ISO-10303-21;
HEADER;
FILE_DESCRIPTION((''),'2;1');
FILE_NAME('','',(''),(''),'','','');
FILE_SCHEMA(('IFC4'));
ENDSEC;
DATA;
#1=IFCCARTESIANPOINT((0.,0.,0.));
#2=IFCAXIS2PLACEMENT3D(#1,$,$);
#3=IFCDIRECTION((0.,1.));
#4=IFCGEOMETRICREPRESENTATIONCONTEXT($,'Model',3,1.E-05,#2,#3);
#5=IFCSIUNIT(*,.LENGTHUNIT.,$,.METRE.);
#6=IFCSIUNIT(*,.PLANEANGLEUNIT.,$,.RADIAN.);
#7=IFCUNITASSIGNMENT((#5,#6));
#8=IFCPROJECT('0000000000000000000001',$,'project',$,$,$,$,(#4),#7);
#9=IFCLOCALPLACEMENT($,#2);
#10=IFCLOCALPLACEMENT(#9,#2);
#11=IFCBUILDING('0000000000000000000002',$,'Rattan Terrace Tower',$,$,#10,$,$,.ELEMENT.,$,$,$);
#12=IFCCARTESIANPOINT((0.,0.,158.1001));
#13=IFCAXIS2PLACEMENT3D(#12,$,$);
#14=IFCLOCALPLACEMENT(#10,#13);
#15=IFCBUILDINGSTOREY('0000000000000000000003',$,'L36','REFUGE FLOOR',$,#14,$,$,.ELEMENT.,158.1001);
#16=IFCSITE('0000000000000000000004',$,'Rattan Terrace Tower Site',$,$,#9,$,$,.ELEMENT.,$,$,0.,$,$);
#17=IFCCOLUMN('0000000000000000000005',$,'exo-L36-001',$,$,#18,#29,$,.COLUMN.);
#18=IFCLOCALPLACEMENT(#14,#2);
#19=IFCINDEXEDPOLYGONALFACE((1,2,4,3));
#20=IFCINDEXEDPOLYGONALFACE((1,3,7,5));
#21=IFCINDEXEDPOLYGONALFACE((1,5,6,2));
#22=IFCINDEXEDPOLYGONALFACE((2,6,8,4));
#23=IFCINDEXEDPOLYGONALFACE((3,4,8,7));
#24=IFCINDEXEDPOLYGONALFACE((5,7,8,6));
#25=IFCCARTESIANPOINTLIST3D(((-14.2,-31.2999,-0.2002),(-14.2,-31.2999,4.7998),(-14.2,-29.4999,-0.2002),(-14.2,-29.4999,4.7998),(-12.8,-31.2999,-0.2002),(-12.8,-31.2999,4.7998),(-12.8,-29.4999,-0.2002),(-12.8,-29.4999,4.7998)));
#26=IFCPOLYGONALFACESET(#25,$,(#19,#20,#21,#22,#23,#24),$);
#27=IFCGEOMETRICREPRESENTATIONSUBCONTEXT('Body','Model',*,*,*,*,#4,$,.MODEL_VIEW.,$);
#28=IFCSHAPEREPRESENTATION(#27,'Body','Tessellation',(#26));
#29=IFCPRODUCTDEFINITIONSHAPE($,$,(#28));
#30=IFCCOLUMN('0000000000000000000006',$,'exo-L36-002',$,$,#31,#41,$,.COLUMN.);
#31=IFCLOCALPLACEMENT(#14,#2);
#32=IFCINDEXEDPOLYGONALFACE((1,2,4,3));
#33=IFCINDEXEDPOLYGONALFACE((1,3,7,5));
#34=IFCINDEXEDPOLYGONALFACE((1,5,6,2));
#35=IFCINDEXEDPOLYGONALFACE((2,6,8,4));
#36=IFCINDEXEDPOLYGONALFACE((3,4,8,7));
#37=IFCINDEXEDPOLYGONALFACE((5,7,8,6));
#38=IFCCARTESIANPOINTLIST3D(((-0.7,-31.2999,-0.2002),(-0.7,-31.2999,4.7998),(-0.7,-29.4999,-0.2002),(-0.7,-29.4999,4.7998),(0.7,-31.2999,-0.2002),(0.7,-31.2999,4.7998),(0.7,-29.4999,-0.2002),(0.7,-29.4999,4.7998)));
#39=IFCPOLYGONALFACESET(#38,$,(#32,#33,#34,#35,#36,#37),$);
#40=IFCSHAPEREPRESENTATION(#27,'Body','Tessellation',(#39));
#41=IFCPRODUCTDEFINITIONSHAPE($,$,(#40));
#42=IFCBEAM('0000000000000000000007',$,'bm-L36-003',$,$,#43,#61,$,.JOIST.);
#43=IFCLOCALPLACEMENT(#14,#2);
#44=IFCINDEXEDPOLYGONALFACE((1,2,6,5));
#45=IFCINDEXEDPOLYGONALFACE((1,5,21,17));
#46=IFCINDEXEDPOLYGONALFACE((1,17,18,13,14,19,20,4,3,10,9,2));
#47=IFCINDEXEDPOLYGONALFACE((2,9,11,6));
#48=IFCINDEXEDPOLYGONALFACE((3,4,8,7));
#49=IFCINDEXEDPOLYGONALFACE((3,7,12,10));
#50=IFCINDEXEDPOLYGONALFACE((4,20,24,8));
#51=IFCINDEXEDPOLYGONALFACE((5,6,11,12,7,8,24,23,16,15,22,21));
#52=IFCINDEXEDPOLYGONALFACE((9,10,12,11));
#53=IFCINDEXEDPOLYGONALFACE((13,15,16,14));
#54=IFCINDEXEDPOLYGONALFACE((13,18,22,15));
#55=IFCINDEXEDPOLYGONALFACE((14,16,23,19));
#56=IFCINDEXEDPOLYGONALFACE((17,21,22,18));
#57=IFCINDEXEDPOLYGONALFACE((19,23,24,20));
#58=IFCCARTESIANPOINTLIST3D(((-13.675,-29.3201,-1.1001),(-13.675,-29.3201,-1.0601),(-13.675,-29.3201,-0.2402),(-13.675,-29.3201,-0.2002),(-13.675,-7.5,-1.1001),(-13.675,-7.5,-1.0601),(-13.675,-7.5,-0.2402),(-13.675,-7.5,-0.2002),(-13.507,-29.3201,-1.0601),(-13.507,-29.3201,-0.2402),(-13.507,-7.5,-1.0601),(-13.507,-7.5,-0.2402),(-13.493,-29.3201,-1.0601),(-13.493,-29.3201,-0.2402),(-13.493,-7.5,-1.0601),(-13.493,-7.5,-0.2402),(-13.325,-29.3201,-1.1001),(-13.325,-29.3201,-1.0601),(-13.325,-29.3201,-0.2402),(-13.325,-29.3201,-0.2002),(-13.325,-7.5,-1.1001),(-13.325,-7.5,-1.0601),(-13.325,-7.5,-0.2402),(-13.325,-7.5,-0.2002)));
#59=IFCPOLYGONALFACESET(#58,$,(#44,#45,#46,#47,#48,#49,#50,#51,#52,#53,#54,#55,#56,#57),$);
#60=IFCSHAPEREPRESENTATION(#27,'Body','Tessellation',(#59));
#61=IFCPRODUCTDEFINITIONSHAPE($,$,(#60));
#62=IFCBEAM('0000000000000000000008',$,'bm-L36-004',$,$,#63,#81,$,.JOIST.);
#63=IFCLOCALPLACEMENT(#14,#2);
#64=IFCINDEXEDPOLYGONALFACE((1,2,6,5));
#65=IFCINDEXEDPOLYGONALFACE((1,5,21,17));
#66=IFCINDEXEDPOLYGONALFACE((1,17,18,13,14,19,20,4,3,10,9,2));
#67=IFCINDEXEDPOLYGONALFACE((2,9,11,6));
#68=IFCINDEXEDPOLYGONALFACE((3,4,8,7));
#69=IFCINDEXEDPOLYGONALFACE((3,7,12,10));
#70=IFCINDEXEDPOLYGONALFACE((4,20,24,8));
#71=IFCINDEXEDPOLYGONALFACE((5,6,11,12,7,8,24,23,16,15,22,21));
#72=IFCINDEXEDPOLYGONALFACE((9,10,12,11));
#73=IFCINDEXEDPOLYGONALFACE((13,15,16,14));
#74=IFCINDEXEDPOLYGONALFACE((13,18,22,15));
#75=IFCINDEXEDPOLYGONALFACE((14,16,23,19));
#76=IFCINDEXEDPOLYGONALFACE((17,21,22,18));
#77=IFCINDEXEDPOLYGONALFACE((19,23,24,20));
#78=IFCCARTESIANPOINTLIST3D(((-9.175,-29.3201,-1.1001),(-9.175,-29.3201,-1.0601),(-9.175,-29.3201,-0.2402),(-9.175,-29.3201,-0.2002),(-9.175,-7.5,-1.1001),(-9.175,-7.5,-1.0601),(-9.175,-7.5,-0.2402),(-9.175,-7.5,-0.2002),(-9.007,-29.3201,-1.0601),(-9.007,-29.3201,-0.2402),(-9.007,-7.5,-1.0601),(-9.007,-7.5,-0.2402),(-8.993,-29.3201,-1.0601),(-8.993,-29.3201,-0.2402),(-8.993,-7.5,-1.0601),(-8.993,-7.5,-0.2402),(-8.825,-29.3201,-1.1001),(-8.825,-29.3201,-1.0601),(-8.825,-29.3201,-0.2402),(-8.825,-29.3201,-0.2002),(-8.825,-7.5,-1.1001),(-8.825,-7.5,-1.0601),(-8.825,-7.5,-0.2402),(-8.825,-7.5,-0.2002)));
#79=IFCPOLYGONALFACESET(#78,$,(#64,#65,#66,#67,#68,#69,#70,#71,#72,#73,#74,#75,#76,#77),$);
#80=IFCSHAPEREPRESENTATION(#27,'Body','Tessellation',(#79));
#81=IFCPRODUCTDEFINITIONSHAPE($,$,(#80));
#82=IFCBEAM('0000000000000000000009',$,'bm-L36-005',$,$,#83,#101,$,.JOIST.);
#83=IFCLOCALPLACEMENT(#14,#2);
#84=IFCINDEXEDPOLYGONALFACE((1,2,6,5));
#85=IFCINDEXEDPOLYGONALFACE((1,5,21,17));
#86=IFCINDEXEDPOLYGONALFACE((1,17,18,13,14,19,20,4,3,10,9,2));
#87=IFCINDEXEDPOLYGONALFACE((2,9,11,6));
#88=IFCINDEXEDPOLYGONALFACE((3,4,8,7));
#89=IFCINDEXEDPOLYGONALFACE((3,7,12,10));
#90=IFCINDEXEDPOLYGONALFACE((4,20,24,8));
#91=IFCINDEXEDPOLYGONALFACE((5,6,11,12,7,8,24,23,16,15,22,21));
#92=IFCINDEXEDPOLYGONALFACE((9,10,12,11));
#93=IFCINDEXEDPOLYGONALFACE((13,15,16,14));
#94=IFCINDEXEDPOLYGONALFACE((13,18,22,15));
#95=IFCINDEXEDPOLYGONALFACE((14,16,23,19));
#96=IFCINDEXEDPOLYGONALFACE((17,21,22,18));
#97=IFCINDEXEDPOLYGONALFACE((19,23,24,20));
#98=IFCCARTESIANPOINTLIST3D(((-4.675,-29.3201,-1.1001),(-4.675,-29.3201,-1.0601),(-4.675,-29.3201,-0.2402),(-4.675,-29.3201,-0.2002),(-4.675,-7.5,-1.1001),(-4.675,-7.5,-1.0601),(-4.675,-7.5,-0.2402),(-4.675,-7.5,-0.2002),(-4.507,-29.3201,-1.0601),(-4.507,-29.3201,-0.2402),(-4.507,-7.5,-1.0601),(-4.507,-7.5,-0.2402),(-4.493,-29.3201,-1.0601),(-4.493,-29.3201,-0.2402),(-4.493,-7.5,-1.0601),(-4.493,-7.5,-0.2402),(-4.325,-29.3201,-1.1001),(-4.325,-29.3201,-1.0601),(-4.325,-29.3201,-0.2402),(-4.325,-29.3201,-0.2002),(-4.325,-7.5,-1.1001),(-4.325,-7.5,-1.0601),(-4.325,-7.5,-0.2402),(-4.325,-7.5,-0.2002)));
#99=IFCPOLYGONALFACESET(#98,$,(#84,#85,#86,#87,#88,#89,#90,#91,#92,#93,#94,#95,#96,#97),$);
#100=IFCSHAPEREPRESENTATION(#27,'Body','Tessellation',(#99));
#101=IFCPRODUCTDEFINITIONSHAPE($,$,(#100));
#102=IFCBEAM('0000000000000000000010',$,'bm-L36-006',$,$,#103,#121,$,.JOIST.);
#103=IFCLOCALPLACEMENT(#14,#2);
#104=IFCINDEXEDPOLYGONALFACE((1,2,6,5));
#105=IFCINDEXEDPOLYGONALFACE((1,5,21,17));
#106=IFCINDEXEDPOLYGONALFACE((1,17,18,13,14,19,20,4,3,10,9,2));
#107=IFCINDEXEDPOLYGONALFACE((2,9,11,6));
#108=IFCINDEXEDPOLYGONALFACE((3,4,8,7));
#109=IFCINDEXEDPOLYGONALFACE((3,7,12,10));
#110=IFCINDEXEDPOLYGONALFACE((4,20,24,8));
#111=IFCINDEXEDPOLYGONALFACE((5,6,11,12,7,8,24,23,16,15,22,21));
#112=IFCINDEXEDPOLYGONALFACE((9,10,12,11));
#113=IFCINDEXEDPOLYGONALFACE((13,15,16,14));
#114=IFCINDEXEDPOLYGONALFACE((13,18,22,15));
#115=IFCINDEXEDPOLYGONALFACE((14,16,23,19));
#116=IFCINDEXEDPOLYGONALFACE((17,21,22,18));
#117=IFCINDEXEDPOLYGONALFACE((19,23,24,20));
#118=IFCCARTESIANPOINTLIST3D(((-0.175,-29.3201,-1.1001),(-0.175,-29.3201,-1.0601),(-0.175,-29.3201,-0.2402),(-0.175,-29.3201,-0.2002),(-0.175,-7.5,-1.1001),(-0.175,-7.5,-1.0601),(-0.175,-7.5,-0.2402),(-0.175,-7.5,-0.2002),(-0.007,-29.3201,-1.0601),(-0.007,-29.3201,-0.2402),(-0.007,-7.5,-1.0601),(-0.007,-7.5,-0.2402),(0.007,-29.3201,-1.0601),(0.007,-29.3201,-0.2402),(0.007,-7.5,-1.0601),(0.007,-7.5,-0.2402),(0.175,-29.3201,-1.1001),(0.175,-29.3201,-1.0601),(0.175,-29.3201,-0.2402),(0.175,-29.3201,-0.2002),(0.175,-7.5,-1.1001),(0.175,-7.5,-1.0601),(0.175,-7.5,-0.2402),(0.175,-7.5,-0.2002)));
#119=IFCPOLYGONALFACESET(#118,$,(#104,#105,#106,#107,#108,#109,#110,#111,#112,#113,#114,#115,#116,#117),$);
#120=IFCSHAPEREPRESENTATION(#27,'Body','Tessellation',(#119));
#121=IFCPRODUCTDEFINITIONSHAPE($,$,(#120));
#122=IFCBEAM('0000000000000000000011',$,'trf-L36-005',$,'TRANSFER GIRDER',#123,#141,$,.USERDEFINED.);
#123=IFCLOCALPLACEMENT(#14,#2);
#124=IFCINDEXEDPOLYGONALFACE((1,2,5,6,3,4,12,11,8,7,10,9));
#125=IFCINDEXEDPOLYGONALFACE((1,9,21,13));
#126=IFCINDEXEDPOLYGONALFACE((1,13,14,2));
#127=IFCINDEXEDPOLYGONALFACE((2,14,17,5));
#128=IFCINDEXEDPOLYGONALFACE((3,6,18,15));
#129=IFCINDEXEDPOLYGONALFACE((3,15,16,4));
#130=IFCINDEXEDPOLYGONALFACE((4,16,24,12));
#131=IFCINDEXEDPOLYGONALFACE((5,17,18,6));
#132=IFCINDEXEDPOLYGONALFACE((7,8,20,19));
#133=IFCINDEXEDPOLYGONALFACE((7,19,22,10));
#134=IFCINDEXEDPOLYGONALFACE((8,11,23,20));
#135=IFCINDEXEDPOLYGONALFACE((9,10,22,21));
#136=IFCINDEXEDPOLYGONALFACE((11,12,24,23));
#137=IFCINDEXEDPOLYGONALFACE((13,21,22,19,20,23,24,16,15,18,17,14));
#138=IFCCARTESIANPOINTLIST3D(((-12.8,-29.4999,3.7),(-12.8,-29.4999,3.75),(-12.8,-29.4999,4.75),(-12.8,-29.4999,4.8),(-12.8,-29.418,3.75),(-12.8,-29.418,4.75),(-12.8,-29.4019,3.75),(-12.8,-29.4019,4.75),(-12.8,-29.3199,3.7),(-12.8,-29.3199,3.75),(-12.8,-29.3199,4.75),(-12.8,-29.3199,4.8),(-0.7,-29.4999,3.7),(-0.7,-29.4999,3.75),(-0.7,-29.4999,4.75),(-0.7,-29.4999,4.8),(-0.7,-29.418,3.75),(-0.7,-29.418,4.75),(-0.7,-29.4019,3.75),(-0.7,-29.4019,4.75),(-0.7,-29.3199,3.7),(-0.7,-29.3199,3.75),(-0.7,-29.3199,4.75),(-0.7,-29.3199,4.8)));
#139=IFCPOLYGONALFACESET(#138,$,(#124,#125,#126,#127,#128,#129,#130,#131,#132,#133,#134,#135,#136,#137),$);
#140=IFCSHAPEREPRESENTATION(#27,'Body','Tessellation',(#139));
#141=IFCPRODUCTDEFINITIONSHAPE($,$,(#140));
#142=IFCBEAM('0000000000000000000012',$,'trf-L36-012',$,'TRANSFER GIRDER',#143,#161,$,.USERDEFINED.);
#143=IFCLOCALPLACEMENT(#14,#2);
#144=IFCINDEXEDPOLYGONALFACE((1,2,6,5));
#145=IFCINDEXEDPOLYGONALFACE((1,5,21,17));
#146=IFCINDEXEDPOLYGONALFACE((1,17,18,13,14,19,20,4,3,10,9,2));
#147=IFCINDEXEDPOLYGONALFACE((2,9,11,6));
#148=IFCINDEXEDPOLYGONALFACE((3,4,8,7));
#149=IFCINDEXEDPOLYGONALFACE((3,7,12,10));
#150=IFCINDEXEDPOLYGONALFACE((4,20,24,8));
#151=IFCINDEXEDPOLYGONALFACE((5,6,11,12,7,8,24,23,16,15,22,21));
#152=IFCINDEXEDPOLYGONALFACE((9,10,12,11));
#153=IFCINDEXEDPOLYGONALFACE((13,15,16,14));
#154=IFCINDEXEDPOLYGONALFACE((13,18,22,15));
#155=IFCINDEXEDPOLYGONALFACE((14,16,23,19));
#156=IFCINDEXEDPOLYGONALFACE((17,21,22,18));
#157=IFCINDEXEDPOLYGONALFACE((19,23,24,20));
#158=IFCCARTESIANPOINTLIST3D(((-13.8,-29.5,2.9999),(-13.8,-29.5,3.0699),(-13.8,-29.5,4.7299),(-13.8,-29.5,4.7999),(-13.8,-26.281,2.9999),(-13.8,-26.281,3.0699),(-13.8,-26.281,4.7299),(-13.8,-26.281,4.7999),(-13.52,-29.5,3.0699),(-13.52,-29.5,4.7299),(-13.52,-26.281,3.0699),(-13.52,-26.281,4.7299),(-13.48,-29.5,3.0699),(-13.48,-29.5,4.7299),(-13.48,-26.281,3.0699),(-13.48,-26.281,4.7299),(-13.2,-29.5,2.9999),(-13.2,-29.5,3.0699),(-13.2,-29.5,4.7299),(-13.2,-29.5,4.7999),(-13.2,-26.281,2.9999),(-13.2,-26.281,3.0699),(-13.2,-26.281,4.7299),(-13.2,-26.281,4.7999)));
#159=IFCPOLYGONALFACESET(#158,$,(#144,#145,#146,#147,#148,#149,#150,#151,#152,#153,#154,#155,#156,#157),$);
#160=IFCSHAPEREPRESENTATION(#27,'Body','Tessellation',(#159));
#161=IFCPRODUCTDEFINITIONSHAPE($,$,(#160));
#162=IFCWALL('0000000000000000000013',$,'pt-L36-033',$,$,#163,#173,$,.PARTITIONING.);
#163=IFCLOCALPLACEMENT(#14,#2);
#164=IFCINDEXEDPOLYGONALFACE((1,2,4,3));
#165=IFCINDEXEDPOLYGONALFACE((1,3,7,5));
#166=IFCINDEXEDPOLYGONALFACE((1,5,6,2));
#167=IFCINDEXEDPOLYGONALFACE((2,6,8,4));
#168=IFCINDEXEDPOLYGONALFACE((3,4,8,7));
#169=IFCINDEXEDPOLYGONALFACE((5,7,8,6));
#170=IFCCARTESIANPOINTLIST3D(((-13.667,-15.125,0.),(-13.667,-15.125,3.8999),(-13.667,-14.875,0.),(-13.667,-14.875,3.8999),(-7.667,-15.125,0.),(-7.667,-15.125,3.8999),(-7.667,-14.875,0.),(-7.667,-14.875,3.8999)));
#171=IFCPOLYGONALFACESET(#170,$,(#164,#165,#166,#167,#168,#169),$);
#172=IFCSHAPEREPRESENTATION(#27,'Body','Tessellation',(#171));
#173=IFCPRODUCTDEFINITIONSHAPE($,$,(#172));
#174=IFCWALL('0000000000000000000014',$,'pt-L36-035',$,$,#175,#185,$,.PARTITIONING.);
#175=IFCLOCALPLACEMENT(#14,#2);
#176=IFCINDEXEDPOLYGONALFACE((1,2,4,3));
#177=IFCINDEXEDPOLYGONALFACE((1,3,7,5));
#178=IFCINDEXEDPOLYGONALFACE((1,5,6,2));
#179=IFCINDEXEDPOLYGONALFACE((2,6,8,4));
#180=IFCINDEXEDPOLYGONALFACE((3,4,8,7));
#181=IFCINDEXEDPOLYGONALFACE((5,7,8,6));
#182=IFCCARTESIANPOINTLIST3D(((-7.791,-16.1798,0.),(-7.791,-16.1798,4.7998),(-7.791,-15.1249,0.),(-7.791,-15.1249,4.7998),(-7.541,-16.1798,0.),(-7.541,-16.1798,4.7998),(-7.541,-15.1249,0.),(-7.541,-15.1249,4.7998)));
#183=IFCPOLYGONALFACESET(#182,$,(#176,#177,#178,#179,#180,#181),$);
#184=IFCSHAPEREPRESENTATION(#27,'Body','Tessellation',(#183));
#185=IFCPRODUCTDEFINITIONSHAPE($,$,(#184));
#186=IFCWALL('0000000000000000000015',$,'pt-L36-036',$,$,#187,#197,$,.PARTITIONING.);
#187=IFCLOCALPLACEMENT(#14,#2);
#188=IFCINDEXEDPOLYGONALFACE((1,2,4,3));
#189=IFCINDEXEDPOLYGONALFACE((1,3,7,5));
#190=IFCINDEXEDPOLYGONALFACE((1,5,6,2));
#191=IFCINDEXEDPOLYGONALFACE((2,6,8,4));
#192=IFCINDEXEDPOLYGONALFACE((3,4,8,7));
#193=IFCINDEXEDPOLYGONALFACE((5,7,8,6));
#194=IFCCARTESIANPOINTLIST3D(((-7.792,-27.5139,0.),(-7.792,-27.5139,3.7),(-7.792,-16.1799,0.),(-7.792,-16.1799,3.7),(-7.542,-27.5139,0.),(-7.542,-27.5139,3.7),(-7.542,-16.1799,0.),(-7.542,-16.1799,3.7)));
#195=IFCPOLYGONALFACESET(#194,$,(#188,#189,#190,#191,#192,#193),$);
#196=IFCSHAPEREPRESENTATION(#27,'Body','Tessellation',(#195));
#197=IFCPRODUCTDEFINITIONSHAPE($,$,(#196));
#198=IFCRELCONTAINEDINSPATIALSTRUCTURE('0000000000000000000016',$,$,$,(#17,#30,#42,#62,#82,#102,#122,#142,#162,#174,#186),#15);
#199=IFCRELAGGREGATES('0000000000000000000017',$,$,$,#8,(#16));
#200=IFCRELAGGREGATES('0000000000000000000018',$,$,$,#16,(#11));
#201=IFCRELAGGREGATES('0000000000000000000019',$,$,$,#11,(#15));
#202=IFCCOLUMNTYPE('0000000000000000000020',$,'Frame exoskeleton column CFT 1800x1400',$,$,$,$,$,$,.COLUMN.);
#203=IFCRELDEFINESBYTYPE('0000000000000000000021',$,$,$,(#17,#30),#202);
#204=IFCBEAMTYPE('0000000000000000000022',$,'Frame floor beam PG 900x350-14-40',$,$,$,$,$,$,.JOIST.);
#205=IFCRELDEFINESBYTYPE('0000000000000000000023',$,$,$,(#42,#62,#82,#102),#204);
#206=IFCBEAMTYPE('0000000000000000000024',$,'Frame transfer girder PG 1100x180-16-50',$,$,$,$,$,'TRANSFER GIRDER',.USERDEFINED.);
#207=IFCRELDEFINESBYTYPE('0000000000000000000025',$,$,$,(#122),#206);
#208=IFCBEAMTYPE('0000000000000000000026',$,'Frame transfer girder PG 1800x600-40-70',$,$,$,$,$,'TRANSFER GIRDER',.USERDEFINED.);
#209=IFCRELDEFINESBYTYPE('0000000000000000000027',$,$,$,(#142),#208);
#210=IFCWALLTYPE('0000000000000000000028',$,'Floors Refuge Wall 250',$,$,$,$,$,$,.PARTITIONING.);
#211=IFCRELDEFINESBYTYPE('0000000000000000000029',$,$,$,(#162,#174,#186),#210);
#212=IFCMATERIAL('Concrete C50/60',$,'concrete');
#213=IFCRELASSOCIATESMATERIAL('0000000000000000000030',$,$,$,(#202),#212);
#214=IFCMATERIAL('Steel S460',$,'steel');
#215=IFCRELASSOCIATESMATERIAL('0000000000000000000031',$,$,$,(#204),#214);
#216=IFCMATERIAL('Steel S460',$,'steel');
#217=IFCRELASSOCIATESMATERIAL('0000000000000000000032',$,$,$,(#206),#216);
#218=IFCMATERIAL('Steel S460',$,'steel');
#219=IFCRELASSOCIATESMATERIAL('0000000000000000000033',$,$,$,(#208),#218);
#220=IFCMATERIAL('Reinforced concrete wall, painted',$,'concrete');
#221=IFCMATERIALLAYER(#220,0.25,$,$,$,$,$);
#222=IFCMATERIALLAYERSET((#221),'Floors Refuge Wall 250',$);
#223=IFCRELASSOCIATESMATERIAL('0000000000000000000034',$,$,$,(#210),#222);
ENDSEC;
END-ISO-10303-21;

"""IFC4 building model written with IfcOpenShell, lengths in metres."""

from ifc_helpers import new_model, si_unit, direction, frame, frame_2d, origin, origin_2d, place, context, subcontext, project, spatial, rectangle, i_section, extrude, material, layer, layer_set, material_profile, profile_set, type_object, element, save


model = new_model("IFC4")

# Units and contexts
model_context = context("Model", 3, precision=1e-05, world=origin(), true_north=direction((0.0, 1.0)))
body_context = subcontext(model_context, "Body", "Model", "MODEL_VIEW")
ifc_project = project(units=[si_unit("LENGTHUNIT", "METRE"), si_unit("PLANEANGLEUNIT", "RADIAN")], contexts=[model_context])

# Site, building, storey
site_placement = place(None, origin())
site = spatial("IfcSite", under=ifc_project, at=site_placement, Name="Rattan Terrace Tower Site", CompositionType="ELEMENT", RefElevation=0.0)
building_placement = place(site_placement, origin())
building = spatial("IfcBuilding", under=site, at=building_placement, Name="Rattan Terrace Tower", CompositionType="ELEMENT")
storey_placement = place(building_placement, frame((0.0, 0.0, 158.1001)))
storey = spatial("IfcBuildingStorey", under=building, at=storey_placement, Name="L36", Description="REFUGE FLOOR", CompositionType="ELEMENT", Elevation=158.1001)

# Columns
ifc_material_1 = material(Name="Concrete C50/60", Category="concrete")
ifc_material_profile_1 = material_profile(ifc_material_1, rectangle(XDim=1.3999, YDim=1.8, at=origin_2d()), Name="CFT 1800x1400")
ifc_profile_set_1 = profile_set([ifc_material_profile_1], Name="Concrete C50/60")
column_type = type_object("IfcColumnType", Name="Frame exoskeleton column CFT 1800x1400", PredefinedType="COLUMN", material=ifc_profile_set_1)
for number, where, z_axis, x_axis, name in (
    (1, (-13.5, -30.3999, -0.2002), (0.0, 0.0, 1.0), (1.0, 0.0, 0.0), "exo-L36-001"),
    (2, (0.0, -30.3999, -0.2002), (0.0, 0.0, 1.0), (1.0, 0.0, 0.0), "exo-L36-002"),
):
    element("IfcColumn", number, at=place(storey_placement, frame(where, z_axis=z_axis, x_axis=x_axis)), inside=storey, type_object=column_type, Name=name, PredefinedType="COLUMN", context=body_context, shape_type="SweptSolid", body=[
        extrude(rectangle(XDim=1.3999, YDim=1.8, at=origin_2d()), origin(), (0.0, 0.0, 1.0), 5.0),
    ])

# Beams
ifc_material_2 = material(Name="Steel S460", Category="steel")
ifc_material_profile_2 = material_profile(ifc_material_2, i_section(OverallWidth=0.3501, OverallDepth=0.8999, WebThickness=0.0139, FlangeThickness=0.04, at=origin_2d()), Name="PG 900x350-14-40")
ifc_profile_set_2 = profile_set([ifc_material_profile_2], Name="Steel S460")
beam_type_1 = type_object("IfcBeamType", Name="Frame floor beam PG 900x350-14-40", PredefinedType="JOIST", material=ifc_profile_set_2)
for number, where, z_axis, x_axis, name in (
    (3, (-13.5, -29.3201, -0.6501), (0.0, 1.0, 0.0), (-1.0, 0.0, 0.0), "bm-L36-003"),
    (4, (-9.0, -29.3201, -0.6501), (0.0, 1.0, 0.0), (-1.0, 0.0, 0.0), "bm-L36-004"),
    (5, (-4.5, -29.3201, -0.6501), (0.0, 1.0, 0.0), (-1.0, 0.0, 0.0), "bm-L36-005"),
    (6, (0.0, -29.3201, -0.6501), (0.0, 1.0, 0.0), (-1.0, 0.0, 0.0), "bm-L36-006"),
):
    element("IfcBeam", number, at=place(storey_placement, frame(where, z_axis=z_axis, x_axis=x_axis)), inside=storey, type_object=beam_type_1, Name=name, PredefinedType="JOIST", context=body_context, shape_type="SweptSolid", body=[
        extrude(i_section(OverallWidth=0.3501, OverallDepth=0.8999, WebThickness=0.0139, FlangeThickness=0.04, at=origin_2d()), origin(), (0.0, 0.0, 1.0), 21.8201),
    ])
ifc_material_3 = material(Name="Steel S460", Category="steel")
ifc_material_profile_3 = material_profile(ifc_material_3, i_section(OverallWidth=0.1799, OverallDepth=1.1001, WebThickness=0.0161, FlangeThickness=0.05, at=origin_2d()), Name="PG 1100x180-16-50")
ifc_profile_set_3 = profile_set([ifc_material_profile_3], Name="Steel S460")
beam_type_2 = type_object("IfcBeamType", Name="Frame transfer girder PG 1100x180-16-50", ElementType="TRANSFER GIRDER", PredefinedType="USERDEFINED", material=ifc_profile_set_3)
beam_1_placement = place(storey_placement, frame((-12.8, -29.4099, 4.25), z_axis=(1.0, 0.0, 0.0), x_axis=(0.0, 1.0, 0.0)))
element("IfcBeam", 7, at=beam_1_placement, inside=storey, type_object=beam_type_2, Name="trf-L36-005", ObjectType="TRANSFER GIRDER", PredefinedType="USERDEFINED", context=body_context, shape_type="SweptSolid", body=[
    extrude(i_section(OverallWidth=0.1799, OverallDepth=1.1001, WebThickness=0.0161, FlangeThickness=0.05, at=origin_2d()), origin(), (0.0, 0.0, 1.0), 12.1001),
])
ifc_material_4 = material(Name="Steel S460", Category="steel")
ifc_material_profile_4 = material_profile(ifc_material_4, i_section(OverallWidth=0.6001, OverallDepth=1.8, WebThickness=0.04, FlangeThickness=0.0701, at=origin_2d()), Name="PG 1800x600-40-70")
ifc_profile_set_4 = profile_set([ifc_material_profile_4], Name="Steel S460")
beam_type_3 = type_object("IfcBeamType", Name="Frame transfer girder PG 1800x600-40-70", ElementType="TRANSFER GIRDER", PredefinedType="USERDEFINED", material=ifc_profile_set_4)
beam_2_placement = place(storey_placement, frame((-13.5, -29.5, 3.8999), z_axis=(0.0, 1.0, 0.0), x_axis=(-1.0, 0.0, 0.0)))
element("IfcBeam", 8, at=beam_2_placement, inside=storey, type_object=beam_type_3, Name="trf-L36-012", ObjectType="TRANSFER GIRDER", PredefinedType="USERDEFINED", context=body_context, shape_type="SweptSolid", body=[
    extrude(i_section(OverallWidth=0.6001, OverallDepth=1.8, WebThickness=0.04, FlangeThickness=0.0701, at=origin_2d()), origin(), (0.0, 0.0, 1.0), 3.219),
])

# Walls
ifc_material_5 = material(Name="Reinforced concrete wall, painted", Category="concrete")
ifc_layer = layer(ifc_material_5, 0.25)
ifc_layer_set = layer_set([ifc_layer], Name="Floors Refuge Wall 250")
wall_type = type_object("IfcWallType", Name="Floors Refuge Wall 250", PredefinedType="PARTITIONING", material=ifc_layer_set)
wall_1_placement = place(storey_placement, frame((-7.667, -15.0, 0.0), z_axis=(0.0, 0.0, 1.0), x_axis=(-1.0, 0.0, 0.0)))
element("IfcWall", 9, at=wall_1_placement, inside=storey, type_object=wall_type, Name="pt-L36-033", PredefinedType="PARTITIONING", context=body_context, shape_type="SweptSolid", body=[
    extrude(rectangle(XDim=6.0, YDim=0.25, at=frame_2d((3.0, 0.0))), origin(), (0.0, 0.0, 1.0), 3.8999),
])
wall_2_placement = place(storey_placement, frame((-7.666, -15.125, 0.0), z_axis=(0.0, 0.0, 1.0), x_axis=(0.0, -1.0, 0.0)))
element("IfcWall", 10, at=wall_2_placement, inside=storey, type_object=wall_type, Name="pt-L36-035", PredefinedType="PARTITIONING", context=body_context, shape_type="SweptSolid", body=[
    extrude(rectangle(XDim=1.0549, YDim=0.25, at=frame_2d((0.5273, 0.0))), origin(), (0.0, 0.0, 1.0), 4.7998),
])
wall_3_placement = place(storey_placement, frame((-7.667, -16.1799, 0.0), z_axis=(0.0, 0.0, 1.0), x_axis=(0.0, -1.0, 0.0)))
element("IfcWall", 11, at=wall_3_placement, inside=storey, type_object=wall_type, Name="pt-L36-036", PredefinedType="PARTITIONING", context=body_context, shape_type="SweptSolid", body=[
    extrude(rectangle(XDim=11.334, YDim=0.25, at=frame_2d((5.667, 0.0))), origin(), (0.0, 0.0, 1.0), 3.7),
])

save(model, "model.ifc")
